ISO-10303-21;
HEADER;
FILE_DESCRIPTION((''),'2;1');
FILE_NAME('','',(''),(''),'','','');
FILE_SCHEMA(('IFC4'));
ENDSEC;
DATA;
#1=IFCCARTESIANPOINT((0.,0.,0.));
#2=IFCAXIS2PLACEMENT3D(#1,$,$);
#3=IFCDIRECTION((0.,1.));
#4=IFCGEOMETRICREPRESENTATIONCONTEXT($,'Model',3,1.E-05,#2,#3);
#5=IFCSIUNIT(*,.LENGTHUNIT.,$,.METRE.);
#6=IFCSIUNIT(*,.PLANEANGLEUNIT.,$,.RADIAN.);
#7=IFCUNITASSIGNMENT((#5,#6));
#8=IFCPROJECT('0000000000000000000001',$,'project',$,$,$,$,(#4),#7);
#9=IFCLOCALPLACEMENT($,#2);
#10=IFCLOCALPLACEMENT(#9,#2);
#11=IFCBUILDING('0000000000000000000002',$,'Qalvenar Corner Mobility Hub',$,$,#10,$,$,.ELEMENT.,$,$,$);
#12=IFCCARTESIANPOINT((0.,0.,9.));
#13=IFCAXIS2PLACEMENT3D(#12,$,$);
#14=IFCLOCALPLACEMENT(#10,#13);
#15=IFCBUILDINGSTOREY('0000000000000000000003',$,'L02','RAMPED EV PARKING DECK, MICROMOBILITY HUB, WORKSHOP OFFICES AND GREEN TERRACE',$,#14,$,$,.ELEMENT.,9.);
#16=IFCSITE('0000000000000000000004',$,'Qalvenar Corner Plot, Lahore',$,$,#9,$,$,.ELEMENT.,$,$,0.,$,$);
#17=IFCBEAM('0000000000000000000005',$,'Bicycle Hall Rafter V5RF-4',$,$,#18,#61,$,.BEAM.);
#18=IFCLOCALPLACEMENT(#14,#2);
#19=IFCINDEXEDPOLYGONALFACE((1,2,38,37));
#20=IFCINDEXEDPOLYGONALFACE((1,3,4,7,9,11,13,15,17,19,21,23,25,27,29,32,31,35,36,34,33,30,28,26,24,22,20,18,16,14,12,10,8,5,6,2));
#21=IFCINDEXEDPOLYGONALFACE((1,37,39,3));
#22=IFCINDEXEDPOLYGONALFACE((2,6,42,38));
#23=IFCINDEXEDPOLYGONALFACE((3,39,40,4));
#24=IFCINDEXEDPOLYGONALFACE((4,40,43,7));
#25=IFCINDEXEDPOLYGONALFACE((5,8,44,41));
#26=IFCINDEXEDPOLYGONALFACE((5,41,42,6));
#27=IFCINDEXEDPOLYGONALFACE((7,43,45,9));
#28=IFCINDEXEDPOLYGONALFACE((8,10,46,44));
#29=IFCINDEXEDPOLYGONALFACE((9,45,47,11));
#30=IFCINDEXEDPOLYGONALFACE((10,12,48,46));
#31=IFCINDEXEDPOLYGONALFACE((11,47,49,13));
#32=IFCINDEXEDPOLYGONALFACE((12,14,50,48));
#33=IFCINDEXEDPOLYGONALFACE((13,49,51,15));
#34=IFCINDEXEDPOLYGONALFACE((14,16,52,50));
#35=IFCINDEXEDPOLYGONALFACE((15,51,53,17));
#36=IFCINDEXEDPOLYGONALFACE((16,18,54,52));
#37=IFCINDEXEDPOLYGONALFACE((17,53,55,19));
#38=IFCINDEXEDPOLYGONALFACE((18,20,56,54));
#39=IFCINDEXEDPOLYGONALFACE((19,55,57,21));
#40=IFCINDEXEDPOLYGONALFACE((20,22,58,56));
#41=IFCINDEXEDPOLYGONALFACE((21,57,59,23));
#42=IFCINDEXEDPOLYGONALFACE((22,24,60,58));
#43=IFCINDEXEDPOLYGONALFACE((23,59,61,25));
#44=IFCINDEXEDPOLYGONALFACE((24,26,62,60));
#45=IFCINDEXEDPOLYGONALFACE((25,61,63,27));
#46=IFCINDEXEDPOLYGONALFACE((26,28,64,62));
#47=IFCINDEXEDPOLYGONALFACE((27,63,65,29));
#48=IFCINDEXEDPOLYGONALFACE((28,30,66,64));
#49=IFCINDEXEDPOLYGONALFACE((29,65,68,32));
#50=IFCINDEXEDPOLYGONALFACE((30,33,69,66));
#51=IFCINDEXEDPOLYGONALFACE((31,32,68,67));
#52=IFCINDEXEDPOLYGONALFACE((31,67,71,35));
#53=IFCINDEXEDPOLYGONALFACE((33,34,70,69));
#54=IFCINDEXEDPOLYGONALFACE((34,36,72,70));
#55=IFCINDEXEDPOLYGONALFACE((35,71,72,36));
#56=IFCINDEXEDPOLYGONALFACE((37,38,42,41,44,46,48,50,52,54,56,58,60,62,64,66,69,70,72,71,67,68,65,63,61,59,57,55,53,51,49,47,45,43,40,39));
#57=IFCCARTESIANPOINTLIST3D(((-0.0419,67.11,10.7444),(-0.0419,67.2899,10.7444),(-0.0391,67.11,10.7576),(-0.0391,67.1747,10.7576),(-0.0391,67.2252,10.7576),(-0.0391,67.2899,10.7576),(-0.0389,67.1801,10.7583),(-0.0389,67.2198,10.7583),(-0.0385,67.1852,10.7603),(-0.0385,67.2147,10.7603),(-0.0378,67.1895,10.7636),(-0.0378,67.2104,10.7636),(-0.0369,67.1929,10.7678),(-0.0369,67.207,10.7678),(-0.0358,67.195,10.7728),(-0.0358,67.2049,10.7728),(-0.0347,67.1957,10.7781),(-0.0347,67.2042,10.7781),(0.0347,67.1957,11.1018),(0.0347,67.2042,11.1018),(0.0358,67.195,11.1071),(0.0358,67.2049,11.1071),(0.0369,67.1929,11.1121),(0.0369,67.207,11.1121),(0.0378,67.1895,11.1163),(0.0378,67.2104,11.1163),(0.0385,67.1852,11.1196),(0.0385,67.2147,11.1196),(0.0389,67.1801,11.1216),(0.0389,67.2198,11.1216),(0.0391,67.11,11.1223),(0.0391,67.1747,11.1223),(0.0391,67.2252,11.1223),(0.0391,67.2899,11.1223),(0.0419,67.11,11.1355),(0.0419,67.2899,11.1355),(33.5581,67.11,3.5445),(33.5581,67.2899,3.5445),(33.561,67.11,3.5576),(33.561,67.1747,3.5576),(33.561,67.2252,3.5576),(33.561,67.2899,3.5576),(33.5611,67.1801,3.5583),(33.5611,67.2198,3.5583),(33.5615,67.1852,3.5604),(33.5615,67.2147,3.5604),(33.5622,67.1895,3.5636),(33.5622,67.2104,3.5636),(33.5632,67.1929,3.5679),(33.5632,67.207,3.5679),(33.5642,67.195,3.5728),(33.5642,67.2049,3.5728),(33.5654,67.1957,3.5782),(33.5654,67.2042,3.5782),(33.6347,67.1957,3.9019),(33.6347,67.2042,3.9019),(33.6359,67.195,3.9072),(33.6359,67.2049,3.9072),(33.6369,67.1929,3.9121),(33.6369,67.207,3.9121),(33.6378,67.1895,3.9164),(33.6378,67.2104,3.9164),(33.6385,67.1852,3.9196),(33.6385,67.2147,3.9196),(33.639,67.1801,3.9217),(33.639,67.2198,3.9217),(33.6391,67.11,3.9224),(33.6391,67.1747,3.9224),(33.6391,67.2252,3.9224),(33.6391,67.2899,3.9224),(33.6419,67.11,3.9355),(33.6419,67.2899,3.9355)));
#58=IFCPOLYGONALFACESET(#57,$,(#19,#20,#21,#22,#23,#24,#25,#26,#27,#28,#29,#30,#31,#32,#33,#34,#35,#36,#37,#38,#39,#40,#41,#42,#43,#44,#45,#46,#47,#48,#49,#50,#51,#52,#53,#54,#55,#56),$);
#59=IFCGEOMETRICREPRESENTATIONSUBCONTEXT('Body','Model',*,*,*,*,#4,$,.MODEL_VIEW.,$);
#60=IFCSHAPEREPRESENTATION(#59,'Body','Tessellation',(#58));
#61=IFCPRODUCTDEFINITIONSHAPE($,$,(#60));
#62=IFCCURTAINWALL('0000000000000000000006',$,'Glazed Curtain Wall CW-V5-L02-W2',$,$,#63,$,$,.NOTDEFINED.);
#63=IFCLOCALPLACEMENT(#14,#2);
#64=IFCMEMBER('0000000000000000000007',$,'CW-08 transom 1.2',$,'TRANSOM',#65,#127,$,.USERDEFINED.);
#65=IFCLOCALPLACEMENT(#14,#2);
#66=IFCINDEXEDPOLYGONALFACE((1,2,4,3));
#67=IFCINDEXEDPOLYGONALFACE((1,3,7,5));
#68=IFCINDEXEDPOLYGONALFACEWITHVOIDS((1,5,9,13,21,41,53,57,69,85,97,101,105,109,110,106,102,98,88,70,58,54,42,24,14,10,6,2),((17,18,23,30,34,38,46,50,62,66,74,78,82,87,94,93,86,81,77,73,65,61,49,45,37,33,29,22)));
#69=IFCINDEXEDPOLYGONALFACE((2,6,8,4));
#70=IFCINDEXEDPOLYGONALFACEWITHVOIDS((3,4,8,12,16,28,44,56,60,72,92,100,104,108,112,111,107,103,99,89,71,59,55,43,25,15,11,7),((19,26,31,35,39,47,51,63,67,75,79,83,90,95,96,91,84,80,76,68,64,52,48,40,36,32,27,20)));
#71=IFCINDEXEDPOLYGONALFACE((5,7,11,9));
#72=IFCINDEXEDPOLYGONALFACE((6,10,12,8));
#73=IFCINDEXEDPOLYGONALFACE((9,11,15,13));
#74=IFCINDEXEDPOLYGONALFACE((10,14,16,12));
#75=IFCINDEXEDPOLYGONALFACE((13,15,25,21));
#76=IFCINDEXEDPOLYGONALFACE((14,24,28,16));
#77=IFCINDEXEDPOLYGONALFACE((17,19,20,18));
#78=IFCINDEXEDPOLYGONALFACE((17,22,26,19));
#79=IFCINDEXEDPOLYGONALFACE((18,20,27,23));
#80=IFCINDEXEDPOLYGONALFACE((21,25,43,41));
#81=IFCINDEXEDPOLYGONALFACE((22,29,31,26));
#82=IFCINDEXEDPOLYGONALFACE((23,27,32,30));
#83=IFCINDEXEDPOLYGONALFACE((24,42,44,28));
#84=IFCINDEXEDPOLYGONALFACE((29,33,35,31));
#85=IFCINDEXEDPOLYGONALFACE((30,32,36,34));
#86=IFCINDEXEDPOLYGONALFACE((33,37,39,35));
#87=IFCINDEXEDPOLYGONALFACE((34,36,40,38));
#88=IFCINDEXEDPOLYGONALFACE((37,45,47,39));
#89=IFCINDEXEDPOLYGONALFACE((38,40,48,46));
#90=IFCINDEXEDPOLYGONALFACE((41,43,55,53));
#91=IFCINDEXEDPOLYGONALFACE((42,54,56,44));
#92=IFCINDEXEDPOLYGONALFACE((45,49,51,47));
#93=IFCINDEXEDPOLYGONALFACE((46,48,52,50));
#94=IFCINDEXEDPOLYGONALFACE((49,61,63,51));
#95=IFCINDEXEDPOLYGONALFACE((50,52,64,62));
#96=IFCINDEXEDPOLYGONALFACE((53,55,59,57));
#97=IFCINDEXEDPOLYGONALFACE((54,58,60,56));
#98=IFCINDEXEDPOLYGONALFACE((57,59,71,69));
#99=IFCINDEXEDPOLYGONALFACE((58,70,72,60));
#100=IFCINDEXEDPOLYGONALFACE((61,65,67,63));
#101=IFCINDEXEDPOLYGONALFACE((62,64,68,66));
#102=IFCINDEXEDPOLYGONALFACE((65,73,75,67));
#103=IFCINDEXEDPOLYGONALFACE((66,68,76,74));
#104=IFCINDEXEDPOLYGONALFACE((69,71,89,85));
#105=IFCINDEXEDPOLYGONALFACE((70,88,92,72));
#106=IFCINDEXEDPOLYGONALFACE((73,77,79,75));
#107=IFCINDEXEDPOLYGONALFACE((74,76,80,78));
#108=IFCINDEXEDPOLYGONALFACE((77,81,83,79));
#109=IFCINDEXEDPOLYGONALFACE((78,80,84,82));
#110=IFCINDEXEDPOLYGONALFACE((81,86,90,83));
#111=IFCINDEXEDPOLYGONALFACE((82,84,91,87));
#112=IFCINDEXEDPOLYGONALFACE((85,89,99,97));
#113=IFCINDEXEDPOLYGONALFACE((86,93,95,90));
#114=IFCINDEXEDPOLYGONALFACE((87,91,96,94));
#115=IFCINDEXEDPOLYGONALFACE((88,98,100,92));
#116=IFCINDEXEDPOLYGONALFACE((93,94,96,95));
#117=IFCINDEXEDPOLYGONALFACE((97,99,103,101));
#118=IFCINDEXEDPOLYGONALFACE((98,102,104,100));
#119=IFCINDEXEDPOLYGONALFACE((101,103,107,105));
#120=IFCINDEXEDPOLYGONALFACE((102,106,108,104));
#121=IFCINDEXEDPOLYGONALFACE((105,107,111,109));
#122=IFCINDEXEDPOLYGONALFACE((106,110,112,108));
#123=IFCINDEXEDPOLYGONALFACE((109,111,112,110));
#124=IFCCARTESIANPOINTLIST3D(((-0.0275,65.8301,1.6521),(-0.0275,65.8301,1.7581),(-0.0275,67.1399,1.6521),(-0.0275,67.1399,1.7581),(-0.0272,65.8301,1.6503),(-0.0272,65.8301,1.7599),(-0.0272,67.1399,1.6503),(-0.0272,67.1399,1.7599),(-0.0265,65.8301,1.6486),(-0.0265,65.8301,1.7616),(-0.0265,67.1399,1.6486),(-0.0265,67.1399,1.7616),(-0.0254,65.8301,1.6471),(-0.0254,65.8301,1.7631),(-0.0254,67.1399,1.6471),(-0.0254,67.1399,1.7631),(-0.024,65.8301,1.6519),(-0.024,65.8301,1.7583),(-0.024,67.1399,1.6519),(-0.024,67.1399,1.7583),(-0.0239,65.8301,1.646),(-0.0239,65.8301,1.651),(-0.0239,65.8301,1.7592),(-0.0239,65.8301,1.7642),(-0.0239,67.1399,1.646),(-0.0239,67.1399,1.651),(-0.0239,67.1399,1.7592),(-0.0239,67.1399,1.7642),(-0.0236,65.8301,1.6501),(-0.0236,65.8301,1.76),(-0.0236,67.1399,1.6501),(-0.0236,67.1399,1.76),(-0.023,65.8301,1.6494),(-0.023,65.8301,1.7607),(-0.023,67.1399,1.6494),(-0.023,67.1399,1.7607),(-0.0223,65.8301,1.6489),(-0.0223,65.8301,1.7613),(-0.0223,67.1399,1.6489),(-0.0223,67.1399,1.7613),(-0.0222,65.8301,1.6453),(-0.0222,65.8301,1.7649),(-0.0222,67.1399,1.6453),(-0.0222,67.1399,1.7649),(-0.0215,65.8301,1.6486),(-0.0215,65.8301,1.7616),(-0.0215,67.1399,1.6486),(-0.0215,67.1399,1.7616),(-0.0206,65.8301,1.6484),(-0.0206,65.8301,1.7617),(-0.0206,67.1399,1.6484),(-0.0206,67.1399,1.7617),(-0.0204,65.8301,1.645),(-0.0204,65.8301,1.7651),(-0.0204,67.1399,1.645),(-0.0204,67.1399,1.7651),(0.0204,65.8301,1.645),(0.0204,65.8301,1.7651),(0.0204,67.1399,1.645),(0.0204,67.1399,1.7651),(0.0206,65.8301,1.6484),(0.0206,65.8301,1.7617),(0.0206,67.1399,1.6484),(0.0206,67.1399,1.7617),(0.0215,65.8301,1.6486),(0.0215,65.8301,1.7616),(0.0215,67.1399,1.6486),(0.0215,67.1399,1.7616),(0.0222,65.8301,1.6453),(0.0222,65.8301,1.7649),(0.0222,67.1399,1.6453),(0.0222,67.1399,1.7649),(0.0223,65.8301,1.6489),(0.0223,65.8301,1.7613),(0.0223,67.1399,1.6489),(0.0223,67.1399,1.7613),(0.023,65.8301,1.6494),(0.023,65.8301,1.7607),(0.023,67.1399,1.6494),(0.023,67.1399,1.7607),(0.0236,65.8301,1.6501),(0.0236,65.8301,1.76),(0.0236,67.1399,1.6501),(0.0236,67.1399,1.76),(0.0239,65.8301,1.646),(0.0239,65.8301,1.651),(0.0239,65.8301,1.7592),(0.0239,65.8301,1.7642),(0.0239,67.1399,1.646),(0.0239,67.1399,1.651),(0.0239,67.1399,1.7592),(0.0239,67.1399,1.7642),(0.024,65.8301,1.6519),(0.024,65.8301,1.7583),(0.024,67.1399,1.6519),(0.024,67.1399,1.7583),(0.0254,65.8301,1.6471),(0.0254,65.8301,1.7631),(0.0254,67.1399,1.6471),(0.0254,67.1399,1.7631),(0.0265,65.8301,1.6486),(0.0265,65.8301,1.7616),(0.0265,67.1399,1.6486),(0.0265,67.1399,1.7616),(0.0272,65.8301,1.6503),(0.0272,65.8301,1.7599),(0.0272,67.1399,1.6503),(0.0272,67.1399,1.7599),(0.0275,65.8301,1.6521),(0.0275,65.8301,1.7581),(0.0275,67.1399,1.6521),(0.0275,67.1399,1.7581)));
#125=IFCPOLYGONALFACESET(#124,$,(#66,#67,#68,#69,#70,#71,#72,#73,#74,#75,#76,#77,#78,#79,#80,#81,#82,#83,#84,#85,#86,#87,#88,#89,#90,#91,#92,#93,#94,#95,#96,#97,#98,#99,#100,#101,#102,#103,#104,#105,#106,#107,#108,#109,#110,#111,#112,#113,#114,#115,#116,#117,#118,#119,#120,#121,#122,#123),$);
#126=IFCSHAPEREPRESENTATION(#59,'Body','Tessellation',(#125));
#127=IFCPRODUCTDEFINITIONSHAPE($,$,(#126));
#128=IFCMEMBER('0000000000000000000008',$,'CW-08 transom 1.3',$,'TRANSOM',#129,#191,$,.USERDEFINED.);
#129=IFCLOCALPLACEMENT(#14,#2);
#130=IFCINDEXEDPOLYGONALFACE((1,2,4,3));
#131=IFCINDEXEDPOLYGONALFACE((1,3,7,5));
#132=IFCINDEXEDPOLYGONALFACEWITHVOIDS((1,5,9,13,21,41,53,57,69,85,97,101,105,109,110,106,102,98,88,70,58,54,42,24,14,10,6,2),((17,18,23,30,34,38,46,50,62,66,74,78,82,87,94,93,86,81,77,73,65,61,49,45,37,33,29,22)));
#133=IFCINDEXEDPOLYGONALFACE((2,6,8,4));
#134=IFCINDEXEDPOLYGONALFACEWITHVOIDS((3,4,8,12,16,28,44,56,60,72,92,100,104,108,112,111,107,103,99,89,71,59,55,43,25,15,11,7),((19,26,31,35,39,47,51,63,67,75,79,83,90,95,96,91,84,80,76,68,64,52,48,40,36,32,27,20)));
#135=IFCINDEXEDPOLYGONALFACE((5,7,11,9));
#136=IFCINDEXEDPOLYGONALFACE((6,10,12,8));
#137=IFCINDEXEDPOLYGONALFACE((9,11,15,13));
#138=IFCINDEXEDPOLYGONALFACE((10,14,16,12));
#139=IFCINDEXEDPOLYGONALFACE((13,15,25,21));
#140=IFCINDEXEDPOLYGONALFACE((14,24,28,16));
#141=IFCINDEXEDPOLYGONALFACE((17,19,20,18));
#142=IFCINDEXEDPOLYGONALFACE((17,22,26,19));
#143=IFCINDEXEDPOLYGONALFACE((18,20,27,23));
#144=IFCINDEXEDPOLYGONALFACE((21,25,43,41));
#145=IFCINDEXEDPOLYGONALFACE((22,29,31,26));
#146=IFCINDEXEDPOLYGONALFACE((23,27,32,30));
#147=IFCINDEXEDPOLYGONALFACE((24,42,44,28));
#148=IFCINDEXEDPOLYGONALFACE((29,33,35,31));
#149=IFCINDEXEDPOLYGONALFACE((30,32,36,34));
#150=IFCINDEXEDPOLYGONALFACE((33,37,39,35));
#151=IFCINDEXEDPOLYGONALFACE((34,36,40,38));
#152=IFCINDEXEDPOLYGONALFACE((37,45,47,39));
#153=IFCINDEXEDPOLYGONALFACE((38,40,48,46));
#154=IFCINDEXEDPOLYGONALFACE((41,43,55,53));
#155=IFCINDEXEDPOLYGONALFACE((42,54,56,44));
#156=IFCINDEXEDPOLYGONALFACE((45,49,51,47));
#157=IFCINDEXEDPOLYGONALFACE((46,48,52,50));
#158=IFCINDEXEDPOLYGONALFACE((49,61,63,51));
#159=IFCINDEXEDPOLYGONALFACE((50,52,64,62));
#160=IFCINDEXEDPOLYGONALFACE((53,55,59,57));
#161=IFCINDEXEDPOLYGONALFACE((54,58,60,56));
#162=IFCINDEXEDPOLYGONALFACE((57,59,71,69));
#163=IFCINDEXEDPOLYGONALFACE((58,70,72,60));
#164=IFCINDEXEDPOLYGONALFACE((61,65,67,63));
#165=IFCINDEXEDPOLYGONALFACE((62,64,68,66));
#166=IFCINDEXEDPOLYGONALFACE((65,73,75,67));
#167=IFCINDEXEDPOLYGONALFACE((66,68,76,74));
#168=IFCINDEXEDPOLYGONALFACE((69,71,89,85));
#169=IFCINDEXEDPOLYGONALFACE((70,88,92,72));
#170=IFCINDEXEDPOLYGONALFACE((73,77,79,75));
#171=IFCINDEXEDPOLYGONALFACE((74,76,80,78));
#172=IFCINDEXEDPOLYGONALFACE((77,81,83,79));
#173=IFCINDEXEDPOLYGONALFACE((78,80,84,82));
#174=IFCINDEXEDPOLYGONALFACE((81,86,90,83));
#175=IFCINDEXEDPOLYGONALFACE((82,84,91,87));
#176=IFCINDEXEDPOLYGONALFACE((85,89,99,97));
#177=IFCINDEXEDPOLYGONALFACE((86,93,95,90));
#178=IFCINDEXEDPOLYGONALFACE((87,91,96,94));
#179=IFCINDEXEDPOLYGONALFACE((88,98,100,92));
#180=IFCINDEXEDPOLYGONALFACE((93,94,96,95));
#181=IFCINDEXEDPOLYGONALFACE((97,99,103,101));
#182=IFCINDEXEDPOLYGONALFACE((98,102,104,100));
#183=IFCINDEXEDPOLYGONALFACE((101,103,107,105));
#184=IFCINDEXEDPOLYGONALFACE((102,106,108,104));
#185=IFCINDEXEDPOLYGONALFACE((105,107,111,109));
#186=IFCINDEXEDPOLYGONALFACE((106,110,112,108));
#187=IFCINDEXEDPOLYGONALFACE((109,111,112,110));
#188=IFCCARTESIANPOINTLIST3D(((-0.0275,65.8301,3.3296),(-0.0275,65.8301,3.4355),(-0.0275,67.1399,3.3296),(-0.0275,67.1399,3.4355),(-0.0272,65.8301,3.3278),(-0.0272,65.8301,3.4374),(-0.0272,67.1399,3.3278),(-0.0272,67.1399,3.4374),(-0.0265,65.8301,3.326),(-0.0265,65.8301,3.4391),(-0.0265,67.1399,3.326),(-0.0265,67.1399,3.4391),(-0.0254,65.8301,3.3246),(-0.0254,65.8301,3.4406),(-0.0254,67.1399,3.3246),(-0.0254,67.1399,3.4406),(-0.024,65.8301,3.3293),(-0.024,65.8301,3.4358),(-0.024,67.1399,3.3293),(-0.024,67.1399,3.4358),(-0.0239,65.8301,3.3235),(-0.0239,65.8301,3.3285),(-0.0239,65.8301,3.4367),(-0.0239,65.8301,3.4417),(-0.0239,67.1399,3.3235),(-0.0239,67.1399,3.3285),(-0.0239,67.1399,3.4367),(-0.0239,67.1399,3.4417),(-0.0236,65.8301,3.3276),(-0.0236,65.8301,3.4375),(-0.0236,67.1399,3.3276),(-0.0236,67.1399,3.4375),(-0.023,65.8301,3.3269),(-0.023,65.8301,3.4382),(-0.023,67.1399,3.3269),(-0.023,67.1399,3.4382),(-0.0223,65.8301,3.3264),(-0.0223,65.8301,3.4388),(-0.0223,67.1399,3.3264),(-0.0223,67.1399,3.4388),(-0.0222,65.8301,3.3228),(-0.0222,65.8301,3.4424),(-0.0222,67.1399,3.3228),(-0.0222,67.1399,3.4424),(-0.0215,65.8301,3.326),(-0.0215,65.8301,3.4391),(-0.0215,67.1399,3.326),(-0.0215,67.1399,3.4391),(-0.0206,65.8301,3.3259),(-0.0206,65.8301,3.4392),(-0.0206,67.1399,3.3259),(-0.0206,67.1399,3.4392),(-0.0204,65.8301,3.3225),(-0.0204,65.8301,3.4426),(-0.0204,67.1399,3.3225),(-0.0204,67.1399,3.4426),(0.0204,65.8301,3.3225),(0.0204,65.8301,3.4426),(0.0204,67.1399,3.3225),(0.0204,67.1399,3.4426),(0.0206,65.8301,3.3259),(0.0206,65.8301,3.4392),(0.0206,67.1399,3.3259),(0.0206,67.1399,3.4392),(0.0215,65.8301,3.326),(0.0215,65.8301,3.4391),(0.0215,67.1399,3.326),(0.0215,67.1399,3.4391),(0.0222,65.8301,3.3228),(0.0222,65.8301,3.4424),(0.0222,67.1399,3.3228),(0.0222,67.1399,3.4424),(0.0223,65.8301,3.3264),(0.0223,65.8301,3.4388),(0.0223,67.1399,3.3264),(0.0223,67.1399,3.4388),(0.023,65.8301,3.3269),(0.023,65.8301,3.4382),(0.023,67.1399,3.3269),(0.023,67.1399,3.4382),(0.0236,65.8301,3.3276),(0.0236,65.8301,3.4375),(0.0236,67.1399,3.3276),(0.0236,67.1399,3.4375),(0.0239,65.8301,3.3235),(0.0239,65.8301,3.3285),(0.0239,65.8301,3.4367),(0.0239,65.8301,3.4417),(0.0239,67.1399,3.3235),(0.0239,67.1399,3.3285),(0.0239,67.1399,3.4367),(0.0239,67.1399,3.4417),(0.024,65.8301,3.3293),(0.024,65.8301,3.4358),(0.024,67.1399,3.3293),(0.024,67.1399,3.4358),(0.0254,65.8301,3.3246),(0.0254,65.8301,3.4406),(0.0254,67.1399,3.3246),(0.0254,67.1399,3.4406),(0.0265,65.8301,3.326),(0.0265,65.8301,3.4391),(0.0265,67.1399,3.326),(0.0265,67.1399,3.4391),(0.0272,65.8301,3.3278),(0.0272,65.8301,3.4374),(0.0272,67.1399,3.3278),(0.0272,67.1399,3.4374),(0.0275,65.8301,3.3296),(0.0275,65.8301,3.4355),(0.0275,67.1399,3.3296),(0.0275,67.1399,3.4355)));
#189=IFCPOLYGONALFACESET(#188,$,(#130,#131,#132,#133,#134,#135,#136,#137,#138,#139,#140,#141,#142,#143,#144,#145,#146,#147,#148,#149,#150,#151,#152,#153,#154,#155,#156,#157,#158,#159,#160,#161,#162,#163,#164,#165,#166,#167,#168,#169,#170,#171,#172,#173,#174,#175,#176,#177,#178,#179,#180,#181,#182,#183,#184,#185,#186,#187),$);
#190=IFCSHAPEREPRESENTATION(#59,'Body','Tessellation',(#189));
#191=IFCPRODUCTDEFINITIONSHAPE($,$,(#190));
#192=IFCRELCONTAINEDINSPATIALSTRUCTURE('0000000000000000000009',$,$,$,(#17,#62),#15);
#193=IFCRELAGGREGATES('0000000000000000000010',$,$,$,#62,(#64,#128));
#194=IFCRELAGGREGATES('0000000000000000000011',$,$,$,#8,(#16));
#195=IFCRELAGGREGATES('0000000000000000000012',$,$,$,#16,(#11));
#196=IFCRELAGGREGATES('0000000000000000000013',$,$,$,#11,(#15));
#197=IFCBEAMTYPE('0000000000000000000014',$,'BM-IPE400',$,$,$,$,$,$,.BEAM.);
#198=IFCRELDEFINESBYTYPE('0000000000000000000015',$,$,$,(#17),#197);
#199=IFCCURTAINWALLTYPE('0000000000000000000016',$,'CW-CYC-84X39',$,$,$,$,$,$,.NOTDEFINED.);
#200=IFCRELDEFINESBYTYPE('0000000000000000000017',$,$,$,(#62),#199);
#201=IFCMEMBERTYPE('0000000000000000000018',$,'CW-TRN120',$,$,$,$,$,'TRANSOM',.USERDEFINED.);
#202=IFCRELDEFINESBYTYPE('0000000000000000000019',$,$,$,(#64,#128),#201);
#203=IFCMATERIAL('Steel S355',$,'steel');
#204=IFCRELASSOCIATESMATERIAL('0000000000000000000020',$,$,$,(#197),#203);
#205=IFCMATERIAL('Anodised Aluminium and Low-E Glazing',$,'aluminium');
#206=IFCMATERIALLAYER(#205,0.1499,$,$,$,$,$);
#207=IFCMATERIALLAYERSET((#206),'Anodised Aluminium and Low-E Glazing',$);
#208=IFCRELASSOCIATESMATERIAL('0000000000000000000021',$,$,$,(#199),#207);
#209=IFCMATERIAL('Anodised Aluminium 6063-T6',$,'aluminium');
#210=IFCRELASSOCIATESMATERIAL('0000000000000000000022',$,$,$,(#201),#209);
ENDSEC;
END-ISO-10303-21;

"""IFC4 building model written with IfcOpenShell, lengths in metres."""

from ifc_helpers import new_model, si_unit, direction, frame, origin, origin_2d, place, context, subcontext, project, spatial, hollow_rectangle, i_section, extrude, material, layer, layer_set, material_profile, profile_set, type_object, element, aggregate, save


model = new_model("IFC4")

# Units and contexts
model_context = context("Model", 3, precision=1e-05, world=origin(), true_north=direction((0.0, 1.0)))
body_context = subcontext(model_context, "Body", "Model", "MODEL_VIEW")
ifc_project = project(units=[si_unit("LENGTHUNIT", "METRE"), si_unit("PLANEANGLEUNIT", "RADIAN")], contexts=[model_context])

# Site, building, storey
site_placement = place(None, origin())
site = spatial("IfcSite", under=ifc_project, at=site_placement, Name="Qalvenar Corner Plot, Lahore", CompositionType="ELEMENT", RefElevation=0.0)
building_placement = place(site_placement, origin())
building = spatial("IfcBuilding", under=site, at=building_placement, Name="Qalvenar Corner Mobility Hub", CompositionType="ELEMENT")
storey_placement = place(building_placement, frame((0.0, 0.0, 9.0)))
storey = spatial("IfcBuildingStorey", under=building, at=storey_placement, Name="L02", Description="RAMPED EV PARKING DECK, MICROMOBILITY HUB, WORKSHOP OFFICES AND GREEN TERRACE", CompositionType="ELEMENT", Elevation=9.0)

# Shared definitions
ifc_material_1 = material(Name="Steel S355", Category="steel")

# Beam
ifc_material_profile_1 = material_profile(ifc_material_1, i_section(OverallWidth=0.1799, OverallDepth=0.3999, WebThickness=0.0085, FlangeThickness=0.0134, FilletRadius=0.021, at=origin_2d()), Name="IPE400")
ifc_profile_set_1 = profile_set([ifc_material_profile_1], Name="Steel S355")
beam_type = type_object("IfcBeamType", Name="BM-IPE400", PredefinedType="BEAM", material=ifc_profile_set_1)
for number, where, z_axis, x_axis, name in (
    (1, (0.0, 67.2, 10.9399), (0.977803, 0.0, -0.209527), (0.0, 1.0, 0.0), "Bicycle Hall Rafter V5RF-4"),
):
    element("IfcBeam", number, at=place(storey_placement, frame(where, z_axis=z_axis, x_axis=x_axis)), inside=storey, type_object=beam_type, Name=name, PredefinedType="BEAM", context=body_context, shape_type="SweptSolid", body=[
        extrude(i_section(OverallWidth=0.1799, OverallDepth=0.3999, WebThickness=0.0085, FlangeThickness=0.0134, FilletRadius=0.021, at=origin_2d()), origin(), (0.0, 0.0, 1.0), 34.3628),
    ])

# Curtain wall, members
ifc_material_2 = material(Name="Anodised Aluminium and Low-E Glazing", Category="aluminium")
ifc_layer_1 = layer(ifc_material_2, 0.1499)
ifc_layer_set_1 = layer_set([ifc_layer_1], Name="Anodised Aluminium and Low-E Glazing")
curtain_wall_type = type_object("IfcCurtainWallType", Name="CW-CYC-84X39", PredefinedType="NOTDEFINED", material=ifc_layer_set_1)
curtain_wall_placement = place(storey_placement, origin())
curtain_wall = element("IfcCurtainWall", 2, at=curtain_wall_placement, inside=storey, type_object=curtain_wall_type, Name="Glazed Curtain Wall CW-V5-L02-W2", PredefinedType="NOTDEFINED")
ifc_material_3 = material(Name="Anodised Aluminium 6063-T6", Category="aluminium")
ifc_material_profile_2 = material_profile(ifc_material_3, hollow_rectangle(XDim=0.0549, YDim=0.1201, WallThickness=0.0034, InnerFilletRadius=0.0034, OuterFilletRadius=0.0071, at=origin_2d()), Name="RHS120x55x3.5")
ifc_profile_set_2 = profile_set([ifc_material_profile_2], Name="Anodised Aluminium 6063-T6")
member_type_1 = type_object("IfcMemberType", Name="CW-TRN120", ElementType="TRANSOM", PredefinedType="USERDEFINED", material=ifc_profile_set_2)
member_1_placement = place(storey_placement, frame((0.0, 67.1399, 1.7051), z_axis=(0.0, -1.0, 0.0), x_axis=(1.0, 0.0, 0.0)))
member_1 = element("IfcMember", 3, at=member_1_placement, type_object=member_type_1, Name="CW-08 transom 1.2", ObjectType="TRANSOM", PredefinedType="USERDEFINED", context=body_context, shape_type="SweptSolid", body=[
    extrude(hollow_rectangle(XDim=0.0549, YDim=0.1201, WallThickness=0.0034, InnerFilletRadius=0.0034, OuterFilletRadius=0.0071, at=origin_2d()), origin(), (0.0, 0.0, 1.0), 1.3098),
])
member_2_placement = place(storey_placement, frame((0.0, 67.1399, 3.3826), z_axis=(0.0, -1.0, 0.0), x_axis=(1.0, 0.0, 0.0)))
member_2 = element("IfcMember", 4, at=member_2_placement, type_object=member_type_1, Name="CW-08 transom 1.3", ObjectType="TRANSOM", PredefinedType="USERDEFINED", context=body_context, shape_type="SweptSolid", body=[
    extrude(hollow_rectangle(XDim=0.0549, YDim=0.1201, WallThickness=0.0034, InnerFilletRadius=0.0034, OuterFilletRadius=0.0071, at=origin_2d()), origin(), (0.0, 0.0, 1.0), 1.3098),
])

aggregate(curtain_wall, [member_1, member_2])

save(model, "model.ifc")
